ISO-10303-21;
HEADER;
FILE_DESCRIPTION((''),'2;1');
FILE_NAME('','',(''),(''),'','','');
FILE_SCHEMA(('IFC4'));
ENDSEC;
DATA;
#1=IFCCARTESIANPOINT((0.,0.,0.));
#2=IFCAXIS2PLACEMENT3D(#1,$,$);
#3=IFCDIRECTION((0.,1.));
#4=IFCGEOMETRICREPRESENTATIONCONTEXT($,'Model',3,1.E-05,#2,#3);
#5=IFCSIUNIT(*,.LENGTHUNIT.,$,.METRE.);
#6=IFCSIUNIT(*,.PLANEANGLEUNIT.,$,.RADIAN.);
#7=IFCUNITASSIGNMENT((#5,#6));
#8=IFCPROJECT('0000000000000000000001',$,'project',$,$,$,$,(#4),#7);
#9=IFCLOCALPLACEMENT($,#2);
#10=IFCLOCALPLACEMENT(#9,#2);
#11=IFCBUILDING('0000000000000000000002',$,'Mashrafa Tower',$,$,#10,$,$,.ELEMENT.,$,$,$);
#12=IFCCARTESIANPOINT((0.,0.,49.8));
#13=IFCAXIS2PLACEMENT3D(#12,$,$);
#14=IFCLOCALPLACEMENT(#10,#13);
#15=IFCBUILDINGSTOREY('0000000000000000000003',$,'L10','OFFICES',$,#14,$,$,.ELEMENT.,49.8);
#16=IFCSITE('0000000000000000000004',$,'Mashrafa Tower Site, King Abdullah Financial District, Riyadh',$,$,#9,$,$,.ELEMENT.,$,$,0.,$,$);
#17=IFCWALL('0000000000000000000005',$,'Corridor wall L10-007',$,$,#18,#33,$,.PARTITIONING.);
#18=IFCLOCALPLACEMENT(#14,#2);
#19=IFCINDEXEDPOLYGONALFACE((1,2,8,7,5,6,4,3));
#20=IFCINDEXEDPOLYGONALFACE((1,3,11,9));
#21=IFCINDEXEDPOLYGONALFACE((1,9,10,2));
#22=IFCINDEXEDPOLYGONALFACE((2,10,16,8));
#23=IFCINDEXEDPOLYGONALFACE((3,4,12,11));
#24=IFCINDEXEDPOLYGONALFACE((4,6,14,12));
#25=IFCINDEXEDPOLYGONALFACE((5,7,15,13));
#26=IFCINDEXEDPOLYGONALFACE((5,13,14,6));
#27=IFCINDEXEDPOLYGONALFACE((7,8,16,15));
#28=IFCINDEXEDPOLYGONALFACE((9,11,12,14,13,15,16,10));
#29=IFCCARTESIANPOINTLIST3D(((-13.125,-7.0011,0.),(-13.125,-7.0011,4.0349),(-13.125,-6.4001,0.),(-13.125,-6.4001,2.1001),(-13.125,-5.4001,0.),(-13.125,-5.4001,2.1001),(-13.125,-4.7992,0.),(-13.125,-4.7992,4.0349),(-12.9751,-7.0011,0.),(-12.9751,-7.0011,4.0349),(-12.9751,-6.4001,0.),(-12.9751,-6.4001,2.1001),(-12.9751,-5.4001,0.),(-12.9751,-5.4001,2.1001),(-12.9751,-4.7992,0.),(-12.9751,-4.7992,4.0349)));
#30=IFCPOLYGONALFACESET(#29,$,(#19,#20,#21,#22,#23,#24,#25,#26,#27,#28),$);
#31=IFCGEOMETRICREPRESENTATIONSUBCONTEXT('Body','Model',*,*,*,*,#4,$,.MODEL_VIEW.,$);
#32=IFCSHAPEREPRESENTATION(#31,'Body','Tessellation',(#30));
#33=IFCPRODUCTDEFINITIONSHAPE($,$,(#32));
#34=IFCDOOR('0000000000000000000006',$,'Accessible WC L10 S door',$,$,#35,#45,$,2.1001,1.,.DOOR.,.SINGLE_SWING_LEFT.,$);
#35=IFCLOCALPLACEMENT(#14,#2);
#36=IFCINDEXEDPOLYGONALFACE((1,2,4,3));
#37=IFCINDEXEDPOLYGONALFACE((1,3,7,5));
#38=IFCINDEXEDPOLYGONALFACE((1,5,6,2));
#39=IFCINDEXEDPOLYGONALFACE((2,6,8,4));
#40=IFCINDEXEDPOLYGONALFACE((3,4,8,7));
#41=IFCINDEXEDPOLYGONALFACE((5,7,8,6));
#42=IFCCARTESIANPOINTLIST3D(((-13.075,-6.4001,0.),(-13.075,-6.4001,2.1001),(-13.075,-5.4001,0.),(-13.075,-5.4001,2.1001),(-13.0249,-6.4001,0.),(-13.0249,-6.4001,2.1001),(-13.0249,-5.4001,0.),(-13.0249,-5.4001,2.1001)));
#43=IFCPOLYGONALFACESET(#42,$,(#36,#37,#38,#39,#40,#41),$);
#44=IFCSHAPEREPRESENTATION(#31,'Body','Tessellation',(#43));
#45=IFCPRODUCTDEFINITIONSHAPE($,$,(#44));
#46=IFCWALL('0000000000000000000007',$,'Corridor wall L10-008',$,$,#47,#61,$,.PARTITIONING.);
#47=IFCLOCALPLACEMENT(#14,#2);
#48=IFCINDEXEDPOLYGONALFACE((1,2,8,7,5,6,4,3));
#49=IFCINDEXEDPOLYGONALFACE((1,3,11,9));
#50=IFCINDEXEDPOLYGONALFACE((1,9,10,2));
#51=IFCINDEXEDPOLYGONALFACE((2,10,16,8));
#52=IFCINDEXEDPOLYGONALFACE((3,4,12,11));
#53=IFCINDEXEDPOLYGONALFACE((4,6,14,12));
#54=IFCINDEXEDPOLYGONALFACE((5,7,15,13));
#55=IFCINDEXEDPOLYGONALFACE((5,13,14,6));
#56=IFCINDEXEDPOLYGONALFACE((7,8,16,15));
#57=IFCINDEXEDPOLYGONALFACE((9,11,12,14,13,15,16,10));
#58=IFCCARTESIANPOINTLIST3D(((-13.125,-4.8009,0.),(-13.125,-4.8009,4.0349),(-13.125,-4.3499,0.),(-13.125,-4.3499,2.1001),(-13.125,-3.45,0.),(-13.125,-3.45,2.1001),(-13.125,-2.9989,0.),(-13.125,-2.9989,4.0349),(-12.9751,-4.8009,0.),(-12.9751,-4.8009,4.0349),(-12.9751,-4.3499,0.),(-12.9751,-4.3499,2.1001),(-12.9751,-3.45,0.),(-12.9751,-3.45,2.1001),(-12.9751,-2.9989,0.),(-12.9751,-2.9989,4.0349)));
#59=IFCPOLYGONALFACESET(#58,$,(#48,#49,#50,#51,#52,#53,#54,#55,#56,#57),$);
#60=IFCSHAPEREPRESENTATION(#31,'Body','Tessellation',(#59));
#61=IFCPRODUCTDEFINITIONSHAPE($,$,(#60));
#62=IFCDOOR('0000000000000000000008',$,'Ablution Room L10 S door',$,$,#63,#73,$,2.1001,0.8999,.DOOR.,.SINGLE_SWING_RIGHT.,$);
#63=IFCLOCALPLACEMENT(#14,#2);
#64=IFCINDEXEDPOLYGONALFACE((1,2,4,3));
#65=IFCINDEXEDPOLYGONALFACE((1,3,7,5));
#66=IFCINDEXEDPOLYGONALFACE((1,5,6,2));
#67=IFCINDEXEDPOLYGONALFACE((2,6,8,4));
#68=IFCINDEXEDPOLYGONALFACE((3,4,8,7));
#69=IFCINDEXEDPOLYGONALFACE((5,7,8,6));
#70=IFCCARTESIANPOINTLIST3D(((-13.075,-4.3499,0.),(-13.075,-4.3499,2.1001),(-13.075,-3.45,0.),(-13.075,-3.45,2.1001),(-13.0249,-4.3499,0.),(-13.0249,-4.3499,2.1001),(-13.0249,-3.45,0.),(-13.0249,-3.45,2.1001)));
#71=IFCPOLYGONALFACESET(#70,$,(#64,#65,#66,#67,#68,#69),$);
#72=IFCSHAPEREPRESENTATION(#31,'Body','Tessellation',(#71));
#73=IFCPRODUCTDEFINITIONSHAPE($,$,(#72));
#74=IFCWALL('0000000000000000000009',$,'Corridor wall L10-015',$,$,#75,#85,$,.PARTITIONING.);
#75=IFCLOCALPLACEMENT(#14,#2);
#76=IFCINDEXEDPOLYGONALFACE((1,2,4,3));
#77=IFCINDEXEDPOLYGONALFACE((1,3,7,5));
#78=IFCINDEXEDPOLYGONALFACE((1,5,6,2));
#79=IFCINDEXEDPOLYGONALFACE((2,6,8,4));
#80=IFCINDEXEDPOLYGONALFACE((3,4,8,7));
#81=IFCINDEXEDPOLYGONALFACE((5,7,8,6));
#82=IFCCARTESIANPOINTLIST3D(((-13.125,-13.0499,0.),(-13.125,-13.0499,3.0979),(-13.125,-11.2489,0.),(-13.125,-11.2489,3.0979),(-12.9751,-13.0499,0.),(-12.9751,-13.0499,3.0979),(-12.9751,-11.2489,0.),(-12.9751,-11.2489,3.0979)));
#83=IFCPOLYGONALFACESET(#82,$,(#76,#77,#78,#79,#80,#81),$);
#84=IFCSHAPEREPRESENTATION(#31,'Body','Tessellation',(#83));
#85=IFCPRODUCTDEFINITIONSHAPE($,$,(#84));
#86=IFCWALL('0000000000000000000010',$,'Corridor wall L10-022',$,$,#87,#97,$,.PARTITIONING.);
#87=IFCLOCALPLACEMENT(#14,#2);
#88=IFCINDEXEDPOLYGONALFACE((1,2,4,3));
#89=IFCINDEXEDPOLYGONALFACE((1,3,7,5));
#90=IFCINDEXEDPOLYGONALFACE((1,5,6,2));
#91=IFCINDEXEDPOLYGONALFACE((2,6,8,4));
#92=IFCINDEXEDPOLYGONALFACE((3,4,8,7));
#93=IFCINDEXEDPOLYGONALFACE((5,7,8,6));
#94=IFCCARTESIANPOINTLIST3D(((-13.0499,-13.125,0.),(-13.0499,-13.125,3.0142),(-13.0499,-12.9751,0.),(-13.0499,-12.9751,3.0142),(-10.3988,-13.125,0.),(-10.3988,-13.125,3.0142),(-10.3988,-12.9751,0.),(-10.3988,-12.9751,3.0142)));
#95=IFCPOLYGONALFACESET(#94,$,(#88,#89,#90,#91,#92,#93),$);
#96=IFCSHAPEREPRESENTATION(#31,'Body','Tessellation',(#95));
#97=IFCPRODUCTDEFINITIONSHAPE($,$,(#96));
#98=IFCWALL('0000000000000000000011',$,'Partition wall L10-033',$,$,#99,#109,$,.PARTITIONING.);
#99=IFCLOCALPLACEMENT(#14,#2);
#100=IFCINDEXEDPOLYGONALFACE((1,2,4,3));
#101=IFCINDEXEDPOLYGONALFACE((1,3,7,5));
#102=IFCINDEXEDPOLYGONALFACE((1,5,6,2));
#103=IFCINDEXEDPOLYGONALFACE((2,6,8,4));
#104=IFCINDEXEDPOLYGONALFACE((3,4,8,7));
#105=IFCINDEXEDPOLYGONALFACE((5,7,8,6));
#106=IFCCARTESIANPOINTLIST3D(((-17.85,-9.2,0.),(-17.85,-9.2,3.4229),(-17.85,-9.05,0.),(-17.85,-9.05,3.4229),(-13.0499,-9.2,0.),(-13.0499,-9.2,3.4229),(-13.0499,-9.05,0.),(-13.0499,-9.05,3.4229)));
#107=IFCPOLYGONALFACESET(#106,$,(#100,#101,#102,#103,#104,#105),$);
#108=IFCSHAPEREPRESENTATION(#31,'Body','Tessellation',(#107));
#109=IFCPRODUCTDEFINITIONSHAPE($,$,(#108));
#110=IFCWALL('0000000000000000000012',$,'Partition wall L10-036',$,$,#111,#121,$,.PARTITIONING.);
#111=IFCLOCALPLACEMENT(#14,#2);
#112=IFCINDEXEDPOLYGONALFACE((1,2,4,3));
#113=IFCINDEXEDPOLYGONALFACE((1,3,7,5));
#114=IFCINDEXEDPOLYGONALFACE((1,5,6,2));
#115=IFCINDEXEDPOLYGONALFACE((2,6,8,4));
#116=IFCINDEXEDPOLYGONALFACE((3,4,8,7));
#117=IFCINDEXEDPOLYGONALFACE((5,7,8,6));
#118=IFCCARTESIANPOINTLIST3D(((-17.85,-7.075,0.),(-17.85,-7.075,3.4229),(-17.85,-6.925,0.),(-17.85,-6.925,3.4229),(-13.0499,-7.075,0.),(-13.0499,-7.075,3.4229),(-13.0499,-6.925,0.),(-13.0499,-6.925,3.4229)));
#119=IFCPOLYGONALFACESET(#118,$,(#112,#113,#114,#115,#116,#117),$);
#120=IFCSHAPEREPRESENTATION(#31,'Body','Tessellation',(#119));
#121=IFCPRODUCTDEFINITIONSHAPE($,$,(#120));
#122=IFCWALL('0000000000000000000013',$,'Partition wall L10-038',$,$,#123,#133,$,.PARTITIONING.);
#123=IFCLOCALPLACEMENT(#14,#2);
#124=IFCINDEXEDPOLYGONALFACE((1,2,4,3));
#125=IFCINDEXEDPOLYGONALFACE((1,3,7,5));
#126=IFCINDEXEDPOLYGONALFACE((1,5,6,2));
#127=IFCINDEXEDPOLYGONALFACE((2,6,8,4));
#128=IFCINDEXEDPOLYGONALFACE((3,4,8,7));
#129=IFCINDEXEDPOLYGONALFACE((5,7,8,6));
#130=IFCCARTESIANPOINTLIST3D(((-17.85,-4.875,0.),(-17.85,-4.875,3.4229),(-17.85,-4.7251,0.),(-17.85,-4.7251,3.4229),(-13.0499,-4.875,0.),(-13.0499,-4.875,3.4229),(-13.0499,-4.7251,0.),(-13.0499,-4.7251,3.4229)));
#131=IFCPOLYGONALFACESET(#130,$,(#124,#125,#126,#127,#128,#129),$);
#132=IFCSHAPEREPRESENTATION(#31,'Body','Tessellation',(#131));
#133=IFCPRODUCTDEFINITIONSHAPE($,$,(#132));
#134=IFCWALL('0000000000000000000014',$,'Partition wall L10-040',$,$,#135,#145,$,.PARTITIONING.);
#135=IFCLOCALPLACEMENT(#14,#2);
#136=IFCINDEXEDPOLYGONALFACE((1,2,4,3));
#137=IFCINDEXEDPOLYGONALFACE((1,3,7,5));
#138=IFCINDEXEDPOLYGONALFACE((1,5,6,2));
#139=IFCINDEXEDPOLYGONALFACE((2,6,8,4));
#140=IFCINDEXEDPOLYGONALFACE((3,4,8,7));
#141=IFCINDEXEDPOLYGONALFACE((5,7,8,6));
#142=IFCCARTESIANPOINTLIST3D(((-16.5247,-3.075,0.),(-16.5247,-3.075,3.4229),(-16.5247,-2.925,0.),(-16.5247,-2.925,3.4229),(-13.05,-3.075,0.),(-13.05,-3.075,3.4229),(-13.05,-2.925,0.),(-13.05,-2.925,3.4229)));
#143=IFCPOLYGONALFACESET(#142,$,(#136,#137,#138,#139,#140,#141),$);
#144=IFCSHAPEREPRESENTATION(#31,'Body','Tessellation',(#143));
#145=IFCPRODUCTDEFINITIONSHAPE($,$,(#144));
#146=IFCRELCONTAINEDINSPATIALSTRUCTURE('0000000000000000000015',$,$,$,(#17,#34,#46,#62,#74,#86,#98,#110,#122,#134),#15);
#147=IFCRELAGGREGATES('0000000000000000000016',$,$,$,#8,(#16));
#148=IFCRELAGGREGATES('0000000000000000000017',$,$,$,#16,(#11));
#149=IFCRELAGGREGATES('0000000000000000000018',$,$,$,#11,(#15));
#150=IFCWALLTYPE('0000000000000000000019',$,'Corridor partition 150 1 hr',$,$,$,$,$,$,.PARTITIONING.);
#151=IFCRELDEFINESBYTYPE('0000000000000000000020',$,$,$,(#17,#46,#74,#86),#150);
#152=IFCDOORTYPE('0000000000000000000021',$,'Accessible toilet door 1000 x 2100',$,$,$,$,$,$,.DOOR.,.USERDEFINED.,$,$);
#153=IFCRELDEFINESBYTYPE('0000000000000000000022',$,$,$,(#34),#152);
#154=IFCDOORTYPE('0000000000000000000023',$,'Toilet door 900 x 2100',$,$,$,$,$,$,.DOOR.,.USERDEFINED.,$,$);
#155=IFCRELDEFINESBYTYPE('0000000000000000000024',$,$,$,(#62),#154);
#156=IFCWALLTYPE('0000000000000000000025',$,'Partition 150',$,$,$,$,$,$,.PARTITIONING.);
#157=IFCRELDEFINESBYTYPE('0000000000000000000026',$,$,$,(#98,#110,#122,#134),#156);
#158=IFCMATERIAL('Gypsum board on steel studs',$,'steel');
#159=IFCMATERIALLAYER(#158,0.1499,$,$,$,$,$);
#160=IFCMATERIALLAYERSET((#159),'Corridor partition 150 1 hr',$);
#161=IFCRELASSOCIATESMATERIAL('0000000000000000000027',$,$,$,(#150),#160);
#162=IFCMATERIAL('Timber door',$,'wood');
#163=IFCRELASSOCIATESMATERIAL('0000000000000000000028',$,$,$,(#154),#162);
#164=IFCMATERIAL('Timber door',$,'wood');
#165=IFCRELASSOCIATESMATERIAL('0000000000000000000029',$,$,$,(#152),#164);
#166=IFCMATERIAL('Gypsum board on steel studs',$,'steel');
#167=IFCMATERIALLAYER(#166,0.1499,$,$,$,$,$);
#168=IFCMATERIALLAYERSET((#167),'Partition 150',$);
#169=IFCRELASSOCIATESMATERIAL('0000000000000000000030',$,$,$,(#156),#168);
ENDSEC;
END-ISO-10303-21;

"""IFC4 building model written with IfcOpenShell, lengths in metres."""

from ifc_helpers import new_model, si_unit, direction, frame, frame_2d, origin, place, context, subcontext, project, spatial, rectangle, extrude, material, layer, layer_set, type_object, element, fill, save


model = new_model("IFC4")

# Units and contexts
model_context = context("Model", 3, precision=1e-05, world=origin(), true_north=direction((0.0, 1.0)))
body_context = subcontext(model_context, "Body", "Model", "MODEL_VIEW")
ifc_project = project(units=[si_unit("LENGTHUNIT", "METRE"), si_unit("PLANEANGLEUNIT", "RADIAN")], contexts=[model_context])

# Site, building, storey
site_placement = place(None, origin())
site = spatial("IfcSite", under=ifc_project, at=site_placement, Name="Mashrafa Tower Site, King Abdullah Financial District, Riyadh", CompositionType="ELEMENT", RefElevation=0.0)
building_placement = place(site_placement, origin())
building = spatial("IfcBuilding", under=site, at=building_placement, Name="Mashrafa Tower", CompositionType="ELEMENT")
storey_placement = place(building_placement, frame((0.0, 0.0, 49.8)))
storey = spatial("IfcBuildingStorey", under=building, at=storey_placement, Name="L10", Description="OFFICES", CompositionType="ELEMENT", Elevation=49.8)

# Walls, openings, doors
ifc_material_1 = material(Name="Gypsum board on steel studs", Category="steel")
ifc_layer_1 = layer(ifc_material_1, 0.1499)
ifc_layer_set_1 = layer_set([ifc_layer_1], Name="Corridor partition 150 1 hr")
wall_type_1 = type_object("IfcWallType", Name="Corridor partition 150 1 hr", PredefinedType="PARTITIONING", material=ifc_layer_set_1)
ifc_material_2 = material(Name="Timber door", Category="wood")
door_type_1 = type_object("IfcDoorType", Name="Toilet door 900 x 2100", OperationType="USERDEFINED", PredefinedType="DOOR", material=ifc_material_2)
wall_1_placement = place(storey_placement, frame((-13.05, -4.7991, 0.0), z_axis=(0.0, 0.0, 1.0), x_axis=(0.0, -1.0, 0.0)))
wall_1 = element("IfcWall", 1, at=wall_1_placement, inside=storey, type_object=wall_type_1, Name="Corridor wall L10-007", PredefinedType="PARTITIONING", context=body_context, shape_type="SweptSolid", body=[
    extrude(rectangle(XDim=2.2019, YDim=0.1499, at=frame_2d((1.1011, 0.0))), origin(), (0.0, 0.0, 1.0), 4.0349),
])
opening_1_placement = place(wall_1_placement, frame((0.6011, 0.0, 0.0)))
opening_1 = element("IfcOpeningElement", 2, at=opening_1_placement, cuts=wall_1, PredefinedType="OPENING", context=body_context, shape_type="SweptSolid", body=[
    extrude(rectangle(XDim=1.0, YDim=2.1001, at=frame_2d((0.5, 1.05))), frame((0.0, 0.085, 0.0), z_axis=(0.0, -1.0, 0.0), x_axis=(1.0, 0.0, 0.0)), (0.0, 0.0, 1.0), 0.1699),
])
ifc_material_3 = material(Name="Timber door", Category="wood")
door_type_2 = type_object("IfcDoorType", Name="Accessible toilet door 1000 x 2100", OperationType="USERDEFINED", PredefinedType="DOOR", material=ifc_material_3)
door_1_placement = place(opening_1_placement, frame((1.0, 0.0, 0.0), z_axis=(0.0, 0.0, 1.0), x_axis=(-1.0, 0.0, 0.0)))
door_1 = element("IfcDoor", 3, at=door_1_placement, inside=storey, type_object=door_type_2, Name="Accessible WC L10 S door", OperationType="SINGLE_SWING_LEFT", OverallHeight=2.1001, OverallWidth=1.0, PredefinedType="DOOR", context=body_context, shape_type="SweptSolid", body=[
    extrude(rectangle(XDim=1.0, YDim=2.1001, at=frame_2d((0.5, 1.05))), frame((0.0, 0.0249, 0.0), z_axis=(0.0, -1.0, 0.0), x_axis=(1.0, 0.0, 0.0)), (0.0, 0.0, 1.0), 0.05),
])
fill(opening_1, door_1)
wall_2_placement = place(storey_placement, frame((-13.05, -2.999, 0.0), z_axis=(0.0, 0.0, 1.0), x_axis=(0.0, -1.0, 0.0)))
wall_2 = element("IfcWall", 4, at=wall_2_placement, inside=storey, type_object=wall_type_1, Name="Corridor wall L10-008", PredefinedType="PARTITIONING", context=body_context, shape_type="SweptSolid", body=[
    extrude(rectangle(XDim=1.802, YDim=0.1499, at=frame_2d((0.9009, 0.0))), origin(), (0.0, 0.0, 1.0), 4.0349),
])
opening_2_placement = place(wall_2_placement, frame((0.4509, 0.0, 0.0)))
opening_2 = element("IfcOpeningElement", 5, at=opening_2_placement, cuts=wall_2, PredefinedType="OPENING", context=body_context, shape_type="SweptSolid", body=[
    extrude(rectangle(XDim=0.8999, YDim=2.1001, at=frame_2d((0.45, 1.05))), frame((0.0, 0.085, 0.0), z_axis=(0.0, -1.0, 0.0), x_axis=(1.0, 0.0, 0.0)), (0.0, 0.0, 1.0), 0.1699),
])
door_2_placement = place(opening_2_placement, frame((0.8999, 0.0, 0.0), z_axis=(0.0, 0.0, 1.0), x_axis=(-1.0, 0.0, 0.0)))
door_2 = element("IfcDoor", 6, at=door_2_placement, inside=storey, type_object=door_type_1, Name="Ablution Room L10 S door", OperationType="SINGLE_SWING_RIGHT", OverallHeight=2.1001, OverallWidth=0.8999, PredefinedType="DOOR", context=body_context, shape_type="SweptSolid", body=[
    extrude(rectangle(XDim=0.8999, YDim=2.1001, at=frame_2d((0.45, 1.05))), frame((0.0, 0.0249, 0.0), z_axis=(0.0, -1.0, 0.0), x_axis=(1.0, 0.0, 0.0)), (0.0, 0.0, 1.0), 0.05),
])
fill(opening_2, door_2)

# Walls
wall_3_placement = place(storey_placement, frame((-13.05, -11.249, 0.0), z_axis=(0.0, 0.0, 1.0), x_axis=(0.0, -1.0, 0.0)))
element("IfcWall", 7, at=wall_3_placement, inside=storey, type_object=wall_type_1, Name="Corridor wall L10-015", PredefinedType="PARTITIONING", context=body_context, shape_type="SweptSolid", body=[
    extrude(rectangle(XDim=1.801, YDim=0.1499, at=frame_2d((0.9004, 0.0))), origin(), (0.0, 0.0, 1.0), 3.0979),
])
wall_4_placement = place(storey_placement, frame((-13.05, -13.05, 0.0), z_axis=(0.0, 0.0, 1.0), x_axis=(1.0, 0.0, 0.0)))
element("IfcWall", 8, at=wall_4_placement, inside=storey, type_object=wall_type_1, Name="Corridor wall L10-022", PredefinedType="PARTITIONING", context=body_context, shape_type="SweptSolid", body=[
    extrude(rectangle(XDim=2.6511, YDim=0.1499, at=frame_2d((1.3257, 0.0))), origin(), (0.0, 0.0, 1.0), 3.0142),
])
ifc_material_4 = material(Name="Gypsum board on steel studs", Category="steel")
ifc_layer_2 = layer(ifc_material_4, 0.1499)
ifc_layer_set_2 = layer_set([ifc_layer_2], Name="Partition 150")
wall_type_2 = type_object("IfcWallType", Name="Partition 150", PredefinedType="PARTITIONING", material=ifc_layer_set_2)
for number, where, z_axis, x_axis, name in (
    (9, (-13.05, -9.125, 0.0), (0.0, 0.0, 1.0), (-1.0, 0.0, 0.0), "Partition wall L10-033"),
    (10, (-13.05, -7.0, 0.0), (0.0, 0.0, 1.0), (-1.0, 0.0, 0.0), "Partition wall L10-036"),
    (11, (-13.05, -4.8, 0.0), (0.0, 0.0, 1.0), (-1.0, 0.0, 0.0), "Partition wall L10-038"),
):
    element("IfcWall", number, at=place(storey_placement, frame(where, z_axis=z_axis, x_axis=x_axis)), inside=storey, type_object=wall_type_2, Name=name, PredefinedType="PARTITIONING", context=body_context, shape_type="SweptSolid", body=[
        extrude(rectangle(XDim=4.8, YDim=0.1499, at=frame_2d((2.3999, 0.0))), origin(), (0.0, 0.0, 1.0), 3.4229),
    ])
wall_5_placement = place(storey_placement, frame((-13.05, -3.0, 0.0), z_axis=(0.0, 0.0, 1.0), x_axis=(-1.0, 0.0, 0.0)))
element("IfcWall", 12, at=wall_5_placement, inside=storey, type_object=wall_type_2, Name="Partition wall L10-040", PredefinedType="PARTITIONING", context=body_context, shape_type="SweptSolid", body=[
    extrude(rectangle(XDim=3.4746, YDim=0.1499, at=frame_2d((1.7373, 0.0))), origin(), (0.0, 0.0, 1.0), 3.4229),
])

save(model, "model.ifc")
